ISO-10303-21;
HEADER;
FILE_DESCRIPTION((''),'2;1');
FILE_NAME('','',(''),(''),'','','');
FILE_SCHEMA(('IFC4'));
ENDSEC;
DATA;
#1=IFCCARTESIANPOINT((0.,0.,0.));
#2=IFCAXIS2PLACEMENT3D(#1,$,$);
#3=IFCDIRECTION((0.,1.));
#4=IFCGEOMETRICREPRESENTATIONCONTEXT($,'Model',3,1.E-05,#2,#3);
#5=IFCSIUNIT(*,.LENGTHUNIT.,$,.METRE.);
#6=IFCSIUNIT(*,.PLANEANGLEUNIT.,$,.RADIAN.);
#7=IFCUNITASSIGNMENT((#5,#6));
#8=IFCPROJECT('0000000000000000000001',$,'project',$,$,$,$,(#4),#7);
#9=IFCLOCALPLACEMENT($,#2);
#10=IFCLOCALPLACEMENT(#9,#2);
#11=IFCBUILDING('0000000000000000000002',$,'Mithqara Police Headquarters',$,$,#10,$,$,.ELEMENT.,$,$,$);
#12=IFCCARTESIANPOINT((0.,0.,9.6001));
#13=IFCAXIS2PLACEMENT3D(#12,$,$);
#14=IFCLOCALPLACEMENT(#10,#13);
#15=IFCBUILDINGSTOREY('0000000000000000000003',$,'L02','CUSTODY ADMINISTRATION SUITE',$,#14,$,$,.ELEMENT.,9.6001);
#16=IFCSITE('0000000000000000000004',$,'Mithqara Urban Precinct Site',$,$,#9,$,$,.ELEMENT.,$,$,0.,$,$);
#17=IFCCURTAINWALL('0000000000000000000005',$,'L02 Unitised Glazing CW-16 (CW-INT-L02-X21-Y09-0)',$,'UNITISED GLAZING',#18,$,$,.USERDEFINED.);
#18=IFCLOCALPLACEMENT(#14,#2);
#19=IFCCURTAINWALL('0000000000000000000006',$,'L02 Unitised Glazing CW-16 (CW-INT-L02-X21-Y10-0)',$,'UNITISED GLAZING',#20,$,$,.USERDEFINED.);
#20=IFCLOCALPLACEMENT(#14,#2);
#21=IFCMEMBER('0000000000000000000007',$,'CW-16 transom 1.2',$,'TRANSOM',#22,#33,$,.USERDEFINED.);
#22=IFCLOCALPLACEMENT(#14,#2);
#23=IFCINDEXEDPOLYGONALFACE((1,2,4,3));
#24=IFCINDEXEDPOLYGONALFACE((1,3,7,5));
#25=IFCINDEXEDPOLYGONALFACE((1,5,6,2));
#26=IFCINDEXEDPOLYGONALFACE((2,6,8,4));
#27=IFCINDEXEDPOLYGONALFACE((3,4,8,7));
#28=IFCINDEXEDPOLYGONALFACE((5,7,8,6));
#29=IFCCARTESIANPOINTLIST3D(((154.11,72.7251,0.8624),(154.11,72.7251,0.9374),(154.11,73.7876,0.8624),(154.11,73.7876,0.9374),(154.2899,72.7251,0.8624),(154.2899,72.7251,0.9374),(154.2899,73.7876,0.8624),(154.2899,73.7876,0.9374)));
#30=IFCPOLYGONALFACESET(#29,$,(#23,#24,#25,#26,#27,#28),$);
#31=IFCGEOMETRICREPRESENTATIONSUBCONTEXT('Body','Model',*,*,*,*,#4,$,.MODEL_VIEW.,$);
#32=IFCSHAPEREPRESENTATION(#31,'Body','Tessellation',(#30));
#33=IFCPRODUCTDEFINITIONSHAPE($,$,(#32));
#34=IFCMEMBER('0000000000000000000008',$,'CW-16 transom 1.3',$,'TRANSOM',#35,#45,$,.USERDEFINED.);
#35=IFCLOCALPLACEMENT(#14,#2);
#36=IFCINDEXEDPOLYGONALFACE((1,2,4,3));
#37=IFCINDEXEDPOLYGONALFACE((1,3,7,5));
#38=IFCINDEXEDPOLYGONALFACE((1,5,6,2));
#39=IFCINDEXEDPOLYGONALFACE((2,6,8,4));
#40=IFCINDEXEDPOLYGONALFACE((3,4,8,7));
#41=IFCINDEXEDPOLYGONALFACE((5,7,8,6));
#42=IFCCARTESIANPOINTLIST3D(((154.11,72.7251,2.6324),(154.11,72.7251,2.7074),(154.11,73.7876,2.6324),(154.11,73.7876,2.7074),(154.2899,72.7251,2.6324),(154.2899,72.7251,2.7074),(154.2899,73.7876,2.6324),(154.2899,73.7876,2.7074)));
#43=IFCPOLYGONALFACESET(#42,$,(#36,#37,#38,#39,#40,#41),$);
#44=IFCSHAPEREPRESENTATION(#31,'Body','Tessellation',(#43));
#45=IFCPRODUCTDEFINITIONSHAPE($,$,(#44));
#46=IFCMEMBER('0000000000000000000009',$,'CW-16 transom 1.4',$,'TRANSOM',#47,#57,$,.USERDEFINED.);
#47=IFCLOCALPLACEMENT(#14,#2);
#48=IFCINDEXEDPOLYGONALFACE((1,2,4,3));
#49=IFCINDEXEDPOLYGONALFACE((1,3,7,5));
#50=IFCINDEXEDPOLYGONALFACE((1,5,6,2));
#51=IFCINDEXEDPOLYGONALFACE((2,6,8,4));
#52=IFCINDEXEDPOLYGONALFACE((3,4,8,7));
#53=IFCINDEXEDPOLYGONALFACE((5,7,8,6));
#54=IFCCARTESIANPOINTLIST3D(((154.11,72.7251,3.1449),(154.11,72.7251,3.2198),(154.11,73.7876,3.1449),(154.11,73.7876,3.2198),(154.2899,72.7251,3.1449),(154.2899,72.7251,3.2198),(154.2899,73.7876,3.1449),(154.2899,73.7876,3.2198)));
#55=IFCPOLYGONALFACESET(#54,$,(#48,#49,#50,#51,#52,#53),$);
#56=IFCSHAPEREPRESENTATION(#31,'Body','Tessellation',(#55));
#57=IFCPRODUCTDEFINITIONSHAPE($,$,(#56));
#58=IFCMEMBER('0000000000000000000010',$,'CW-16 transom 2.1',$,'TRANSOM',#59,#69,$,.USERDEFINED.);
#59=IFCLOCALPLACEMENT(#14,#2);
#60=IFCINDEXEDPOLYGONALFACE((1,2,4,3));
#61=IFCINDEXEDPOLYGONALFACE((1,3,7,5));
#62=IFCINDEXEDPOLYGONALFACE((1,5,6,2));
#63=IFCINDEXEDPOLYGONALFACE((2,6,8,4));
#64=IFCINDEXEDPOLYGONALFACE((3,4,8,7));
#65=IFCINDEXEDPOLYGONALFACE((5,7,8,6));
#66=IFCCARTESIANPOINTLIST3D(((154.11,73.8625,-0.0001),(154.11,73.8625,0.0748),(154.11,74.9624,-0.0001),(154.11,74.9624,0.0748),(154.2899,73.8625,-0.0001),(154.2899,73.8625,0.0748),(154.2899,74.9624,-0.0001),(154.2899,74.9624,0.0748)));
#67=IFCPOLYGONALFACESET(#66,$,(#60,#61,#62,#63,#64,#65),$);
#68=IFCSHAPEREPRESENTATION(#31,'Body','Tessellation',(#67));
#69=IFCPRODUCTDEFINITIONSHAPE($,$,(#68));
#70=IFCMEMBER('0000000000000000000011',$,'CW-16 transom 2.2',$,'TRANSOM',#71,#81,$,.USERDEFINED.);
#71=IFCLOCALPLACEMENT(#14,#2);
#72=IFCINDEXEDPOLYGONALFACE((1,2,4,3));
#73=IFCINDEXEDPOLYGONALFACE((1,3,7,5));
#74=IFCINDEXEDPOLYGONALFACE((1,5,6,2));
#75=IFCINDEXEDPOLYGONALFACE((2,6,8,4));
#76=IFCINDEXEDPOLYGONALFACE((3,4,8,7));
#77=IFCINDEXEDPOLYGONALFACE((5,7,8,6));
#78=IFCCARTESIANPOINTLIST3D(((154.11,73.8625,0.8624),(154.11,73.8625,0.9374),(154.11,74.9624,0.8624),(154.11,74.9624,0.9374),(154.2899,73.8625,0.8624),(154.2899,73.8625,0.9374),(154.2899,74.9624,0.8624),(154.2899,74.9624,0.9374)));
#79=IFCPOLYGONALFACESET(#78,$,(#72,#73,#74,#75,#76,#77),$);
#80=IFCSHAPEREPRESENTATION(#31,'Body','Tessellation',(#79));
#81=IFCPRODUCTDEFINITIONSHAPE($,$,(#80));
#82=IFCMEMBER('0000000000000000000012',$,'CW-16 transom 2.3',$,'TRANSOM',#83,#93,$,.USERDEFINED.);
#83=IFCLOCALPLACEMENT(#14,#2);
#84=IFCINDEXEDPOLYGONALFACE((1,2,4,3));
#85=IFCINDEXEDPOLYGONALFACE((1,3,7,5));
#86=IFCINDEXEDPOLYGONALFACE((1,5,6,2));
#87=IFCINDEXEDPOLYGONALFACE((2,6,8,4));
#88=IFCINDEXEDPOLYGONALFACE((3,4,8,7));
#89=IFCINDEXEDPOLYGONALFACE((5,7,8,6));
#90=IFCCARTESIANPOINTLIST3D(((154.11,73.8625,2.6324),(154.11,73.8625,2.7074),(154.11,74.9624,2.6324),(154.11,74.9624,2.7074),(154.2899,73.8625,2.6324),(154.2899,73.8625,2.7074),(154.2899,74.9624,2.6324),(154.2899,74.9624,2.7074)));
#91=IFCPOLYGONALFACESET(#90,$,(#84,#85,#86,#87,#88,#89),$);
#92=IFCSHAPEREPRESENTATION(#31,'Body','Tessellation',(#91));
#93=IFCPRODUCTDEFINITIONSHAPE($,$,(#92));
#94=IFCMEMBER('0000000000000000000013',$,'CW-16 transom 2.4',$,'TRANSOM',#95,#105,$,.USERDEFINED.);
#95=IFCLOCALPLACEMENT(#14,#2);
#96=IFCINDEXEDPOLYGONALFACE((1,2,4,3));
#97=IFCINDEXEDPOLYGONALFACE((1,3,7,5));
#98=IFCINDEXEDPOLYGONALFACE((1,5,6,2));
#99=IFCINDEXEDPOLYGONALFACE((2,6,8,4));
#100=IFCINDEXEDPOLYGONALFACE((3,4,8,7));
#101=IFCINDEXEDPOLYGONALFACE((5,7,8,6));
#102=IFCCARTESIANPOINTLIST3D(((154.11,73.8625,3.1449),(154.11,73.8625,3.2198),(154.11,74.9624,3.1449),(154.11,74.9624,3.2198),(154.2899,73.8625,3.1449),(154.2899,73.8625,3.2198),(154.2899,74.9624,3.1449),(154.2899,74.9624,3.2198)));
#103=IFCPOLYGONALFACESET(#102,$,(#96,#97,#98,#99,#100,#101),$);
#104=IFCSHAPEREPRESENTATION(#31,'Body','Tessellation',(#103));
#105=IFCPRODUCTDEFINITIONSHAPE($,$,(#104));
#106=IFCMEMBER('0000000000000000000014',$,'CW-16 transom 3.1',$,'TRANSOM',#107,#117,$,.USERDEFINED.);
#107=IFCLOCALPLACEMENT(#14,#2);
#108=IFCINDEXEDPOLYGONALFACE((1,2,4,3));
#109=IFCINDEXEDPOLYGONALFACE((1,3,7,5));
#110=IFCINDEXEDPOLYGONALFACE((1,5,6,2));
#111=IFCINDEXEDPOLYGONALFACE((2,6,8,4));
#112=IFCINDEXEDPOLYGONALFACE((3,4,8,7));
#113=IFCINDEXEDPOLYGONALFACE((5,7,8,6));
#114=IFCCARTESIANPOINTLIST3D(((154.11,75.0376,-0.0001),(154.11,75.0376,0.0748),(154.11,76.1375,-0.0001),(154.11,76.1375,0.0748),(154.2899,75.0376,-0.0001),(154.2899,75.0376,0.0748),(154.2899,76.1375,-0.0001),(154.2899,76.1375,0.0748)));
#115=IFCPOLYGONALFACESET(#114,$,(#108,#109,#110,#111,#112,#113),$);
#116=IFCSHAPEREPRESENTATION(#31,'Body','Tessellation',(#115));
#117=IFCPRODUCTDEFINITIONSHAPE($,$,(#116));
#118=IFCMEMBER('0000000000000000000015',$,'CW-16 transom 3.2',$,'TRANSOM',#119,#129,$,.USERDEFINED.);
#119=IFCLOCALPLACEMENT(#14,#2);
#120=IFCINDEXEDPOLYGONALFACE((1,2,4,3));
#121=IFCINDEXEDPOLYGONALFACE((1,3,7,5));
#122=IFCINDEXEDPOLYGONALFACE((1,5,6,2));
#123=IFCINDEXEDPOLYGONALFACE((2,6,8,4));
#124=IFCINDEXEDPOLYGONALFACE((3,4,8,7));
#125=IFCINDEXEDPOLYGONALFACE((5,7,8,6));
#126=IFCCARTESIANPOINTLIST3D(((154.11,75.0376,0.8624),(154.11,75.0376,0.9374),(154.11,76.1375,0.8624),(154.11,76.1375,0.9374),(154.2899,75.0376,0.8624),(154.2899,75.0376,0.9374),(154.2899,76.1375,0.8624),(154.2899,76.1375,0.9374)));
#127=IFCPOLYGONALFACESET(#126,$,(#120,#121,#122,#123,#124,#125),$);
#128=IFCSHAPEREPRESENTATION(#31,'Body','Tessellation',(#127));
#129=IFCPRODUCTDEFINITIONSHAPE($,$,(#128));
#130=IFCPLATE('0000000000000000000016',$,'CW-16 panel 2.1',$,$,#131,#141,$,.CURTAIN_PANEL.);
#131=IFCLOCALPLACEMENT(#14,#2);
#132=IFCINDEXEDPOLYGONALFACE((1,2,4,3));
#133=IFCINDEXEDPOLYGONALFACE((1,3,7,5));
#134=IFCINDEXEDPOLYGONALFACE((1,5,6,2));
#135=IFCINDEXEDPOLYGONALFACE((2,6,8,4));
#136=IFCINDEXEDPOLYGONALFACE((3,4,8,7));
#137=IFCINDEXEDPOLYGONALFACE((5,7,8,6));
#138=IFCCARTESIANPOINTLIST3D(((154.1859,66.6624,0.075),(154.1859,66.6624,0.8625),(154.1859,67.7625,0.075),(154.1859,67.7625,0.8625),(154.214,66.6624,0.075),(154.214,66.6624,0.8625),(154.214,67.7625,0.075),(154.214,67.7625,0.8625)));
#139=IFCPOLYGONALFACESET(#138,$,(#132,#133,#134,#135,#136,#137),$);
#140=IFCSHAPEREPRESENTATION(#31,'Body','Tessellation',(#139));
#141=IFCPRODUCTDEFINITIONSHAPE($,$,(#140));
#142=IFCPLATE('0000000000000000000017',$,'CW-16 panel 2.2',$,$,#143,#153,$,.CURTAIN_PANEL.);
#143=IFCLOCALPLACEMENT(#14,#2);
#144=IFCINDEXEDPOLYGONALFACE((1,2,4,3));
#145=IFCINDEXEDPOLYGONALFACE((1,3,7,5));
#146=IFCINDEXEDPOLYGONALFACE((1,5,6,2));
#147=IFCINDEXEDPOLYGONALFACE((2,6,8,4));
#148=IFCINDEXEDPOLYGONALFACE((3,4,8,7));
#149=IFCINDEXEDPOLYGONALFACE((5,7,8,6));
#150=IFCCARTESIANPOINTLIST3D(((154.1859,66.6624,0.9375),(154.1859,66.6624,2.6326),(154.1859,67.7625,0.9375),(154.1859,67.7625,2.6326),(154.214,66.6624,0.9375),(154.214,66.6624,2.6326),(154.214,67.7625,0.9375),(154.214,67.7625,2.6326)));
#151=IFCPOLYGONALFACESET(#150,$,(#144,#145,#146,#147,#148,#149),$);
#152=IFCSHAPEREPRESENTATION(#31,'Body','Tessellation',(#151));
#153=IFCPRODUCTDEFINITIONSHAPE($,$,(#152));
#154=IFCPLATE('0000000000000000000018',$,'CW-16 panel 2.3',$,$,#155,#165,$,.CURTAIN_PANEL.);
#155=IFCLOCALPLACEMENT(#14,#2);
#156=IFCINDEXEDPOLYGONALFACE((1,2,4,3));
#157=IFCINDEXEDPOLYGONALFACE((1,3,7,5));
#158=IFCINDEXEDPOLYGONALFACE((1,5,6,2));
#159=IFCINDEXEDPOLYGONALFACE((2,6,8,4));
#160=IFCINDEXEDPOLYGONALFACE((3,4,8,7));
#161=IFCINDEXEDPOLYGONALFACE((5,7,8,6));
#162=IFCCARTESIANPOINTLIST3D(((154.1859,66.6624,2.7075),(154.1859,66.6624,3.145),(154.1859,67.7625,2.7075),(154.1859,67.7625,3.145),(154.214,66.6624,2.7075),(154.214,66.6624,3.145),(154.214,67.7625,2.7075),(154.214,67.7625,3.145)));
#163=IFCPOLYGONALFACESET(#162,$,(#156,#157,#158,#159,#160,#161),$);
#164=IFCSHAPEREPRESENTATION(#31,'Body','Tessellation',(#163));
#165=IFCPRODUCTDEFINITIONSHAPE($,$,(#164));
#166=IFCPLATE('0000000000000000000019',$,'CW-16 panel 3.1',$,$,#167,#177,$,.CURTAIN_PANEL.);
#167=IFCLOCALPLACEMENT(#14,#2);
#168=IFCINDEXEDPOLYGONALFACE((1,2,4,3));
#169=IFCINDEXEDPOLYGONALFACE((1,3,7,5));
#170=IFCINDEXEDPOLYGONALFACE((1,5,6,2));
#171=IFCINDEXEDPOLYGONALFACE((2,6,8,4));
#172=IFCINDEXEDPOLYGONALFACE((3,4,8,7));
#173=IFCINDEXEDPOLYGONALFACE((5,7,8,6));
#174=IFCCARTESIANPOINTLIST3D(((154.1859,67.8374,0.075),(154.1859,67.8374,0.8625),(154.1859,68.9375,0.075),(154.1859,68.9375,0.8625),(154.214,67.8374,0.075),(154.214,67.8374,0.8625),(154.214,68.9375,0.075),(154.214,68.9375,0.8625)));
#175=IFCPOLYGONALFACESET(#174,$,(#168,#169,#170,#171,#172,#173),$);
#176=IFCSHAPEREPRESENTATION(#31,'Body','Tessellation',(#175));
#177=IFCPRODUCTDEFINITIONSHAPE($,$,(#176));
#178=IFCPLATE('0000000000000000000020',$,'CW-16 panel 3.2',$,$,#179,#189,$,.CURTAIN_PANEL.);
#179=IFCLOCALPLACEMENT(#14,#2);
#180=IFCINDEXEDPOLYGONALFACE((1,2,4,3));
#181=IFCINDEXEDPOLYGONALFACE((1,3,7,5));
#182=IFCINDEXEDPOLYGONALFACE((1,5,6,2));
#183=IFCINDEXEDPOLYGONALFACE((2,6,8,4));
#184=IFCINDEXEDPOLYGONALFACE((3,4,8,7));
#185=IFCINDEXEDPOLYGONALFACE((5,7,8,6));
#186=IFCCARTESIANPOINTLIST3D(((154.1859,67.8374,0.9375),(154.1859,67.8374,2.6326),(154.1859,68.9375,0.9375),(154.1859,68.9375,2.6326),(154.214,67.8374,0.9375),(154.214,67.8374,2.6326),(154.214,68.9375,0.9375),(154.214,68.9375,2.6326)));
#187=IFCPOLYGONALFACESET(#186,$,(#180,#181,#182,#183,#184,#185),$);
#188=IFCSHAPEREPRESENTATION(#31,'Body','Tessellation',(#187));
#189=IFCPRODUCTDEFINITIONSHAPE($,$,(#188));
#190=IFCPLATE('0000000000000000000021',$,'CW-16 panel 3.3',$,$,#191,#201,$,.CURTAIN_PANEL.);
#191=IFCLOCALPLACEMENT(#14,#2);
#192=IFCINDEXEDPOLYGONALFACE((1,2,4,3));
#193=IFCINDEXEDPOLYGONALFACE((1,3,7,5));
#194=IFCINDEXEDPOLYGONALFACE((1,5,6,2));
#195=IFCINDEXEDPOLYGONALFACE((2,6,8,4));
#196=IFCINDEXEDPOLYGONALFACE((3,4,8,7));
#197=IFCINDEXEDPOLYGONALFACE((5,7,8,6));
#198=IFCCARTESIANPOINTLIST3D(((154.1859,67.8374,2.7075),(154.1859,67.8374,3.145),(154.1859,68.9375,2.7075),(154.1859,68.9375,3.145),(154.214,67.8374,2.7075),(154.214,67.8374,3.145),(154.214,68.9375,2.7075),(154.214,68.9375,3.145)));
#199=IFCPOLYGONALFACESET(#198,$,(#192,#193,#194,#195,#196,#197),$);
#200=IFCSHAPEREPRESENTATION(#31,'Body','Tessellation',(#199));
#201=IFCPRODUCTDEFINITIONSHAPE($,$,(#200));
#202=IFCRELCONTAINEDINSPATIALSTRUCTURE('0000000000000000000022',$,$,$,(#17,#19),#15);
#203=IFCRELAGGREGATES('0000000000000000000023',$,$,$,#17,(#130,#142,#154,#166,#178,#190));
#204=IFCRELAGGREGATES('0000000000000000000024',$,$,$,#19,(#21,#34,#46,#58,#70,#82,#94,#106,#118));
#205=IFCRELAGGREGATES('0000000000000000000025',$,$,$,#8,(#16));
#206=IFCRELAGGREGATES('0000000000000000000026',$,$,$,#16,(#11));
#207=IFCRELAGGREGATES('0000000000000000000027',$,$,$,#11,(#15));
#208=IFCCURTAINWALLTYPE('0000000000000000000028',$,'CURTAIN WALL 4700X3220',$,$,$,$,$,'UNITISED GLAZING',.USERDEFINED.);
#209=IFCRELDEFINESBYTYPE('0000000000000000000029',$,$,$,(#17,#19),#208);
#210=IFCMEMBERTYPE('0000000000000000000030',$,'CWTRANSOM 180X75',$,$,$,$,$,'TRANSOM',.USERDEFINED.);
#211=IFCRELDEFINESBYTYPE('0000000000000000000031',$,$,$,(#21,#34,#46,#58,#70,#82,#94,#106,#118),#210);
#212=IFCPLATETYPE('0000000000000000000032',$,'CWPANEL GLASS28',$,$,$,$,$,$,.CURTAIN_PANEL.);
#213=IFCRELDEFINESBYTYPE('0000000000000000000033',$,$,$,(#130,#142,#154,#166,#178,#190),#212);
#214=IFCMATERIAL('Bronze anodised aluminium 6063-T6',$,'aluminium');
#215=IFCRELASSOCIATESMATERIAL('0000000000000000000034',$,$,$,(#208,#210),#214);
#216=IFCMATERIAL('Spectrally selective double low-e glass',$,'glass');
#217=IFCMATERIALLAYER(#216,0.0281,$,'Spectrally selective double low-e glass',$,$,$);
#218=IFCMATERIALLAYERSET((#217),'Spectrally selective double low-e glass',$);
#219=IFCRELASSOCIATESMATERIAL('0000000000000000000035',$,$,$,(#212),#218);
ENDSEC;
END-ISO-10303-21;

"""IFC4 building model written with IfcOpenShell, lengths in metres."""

from ifc_helpers import new_model, si_unit, direction, frame, origin, origin_2d, place, context, subcontext, project, spatial, rectangle, extrude, material, layer, layer_set, material_profile, profile_set, type_object, element, aggregate, save


model = new_model("IFC4")

# Units and contexts
model_context = context("Model", 3, precision=1e-05, world=origin(), true_north=direction((0.0, 1.0)))
body_context = subcontext(model_context, "Body", "Model", "MODEL_VIEW")
ifc_project = project(units=[si_unit("LENGTHUNIT", "METRE"), si_unit("PLANEANGLEUNIT", "RADIAN")], contexts=[model_context])

# Site, building, storey
site_placement = place(None, origin())
site = spatial("IfcSite", under=ifc_project, at=site_placement, Name="Mithqara Urban Precinct Site", CompositionType="ELEMENT", RefElevation=0.0)
building_placement = place(site_placement, origin())
building = spatial("IfcBuilding", under=site, at=building_placement, Name="Mithqara Police Headquarters", CompositionType="ELEMENT")
storey_placement = place(building_placement, frame((0.0, 0.0, 9.6001)))
storey = spatial("IfcBuildingStorey", under=building, at=storey_placement, Name="L02", Description="CUSTODY ADMINISTRATION SUITE", CompositionType="ELEMENT", Elevation=9.6001)

# Curtain walls
ifc_material_1 = material(Name="Bronze anodised aluminium 6063-T6", Category="aluminium")
curtain_wall_type = type_object("IfcCurtainWallType", Name="CURTAIN WALL 4700X3220", ElementType="UNITISED GLAZING", PredefinedType="USERDEFINED", material=ifc_material_1)
curtain_wall_1_placement = place(storey_placement, origin())
curtain_wall_1 = element("IfcCurtainWall", 1, at=curtain_wall_1_placement, inside=storey, type_object=curtain_wall_type, Name="L02 Unitised Glazing CW-16 (CW-INT-L02-X21-Y09-0)", ObjectType="UNITISED GLAZING", PredefinedType="USERDEFINED")
curtain_wall_2_placement = place(storey_placement, origin())
curtain_wall_2 = element("IfcCurtainWall", 2, at=curtain_wall_2_placement, inside=storey, type_object=curtain_wall_type, Name="L02 Unitised Glazing CW-16 (CW-INT-L02-X21-Y10-0)", ObjectType="UNITISED GLAZING", PredefinedType="USERDEFINED")

# Members
ifc_material_profile_1 = material_profile(ifc_material_1, rectangle(XDim=0.1799, YDim=0.075, at=origin_2d()), Name="CWT 180x75")
ifc_profile_set_1 = profile_set([ifc_material_profile_1], Name="Bronze anodised aluminium 6063-T6")
member_type_1 = type_object("IfcMemberType", Name="CWTRANSOM 180X75", ElementType="TRANSOM", PredefinedType="USERDEFINED", material=ifc_profile_set_1)
member_1_placement = place(storey_placement, frame((154.2, 72.7251, 0.8999), z_axis=(0.0, 1.0, 0.0), x_axis=(-1.0, 0.0, 0.0)))
member_1 = element("IfcMember", 3, at=member_1_placement, type_object=member_type_1, Name="CW-16 transom 1.2", ObjectType="TRANSOM", PredefinedType="USERDEFINED", context=body_context, shape_type="SweptSolid", body=[
    extrude(rectangle(XDim=0.1799, YDim=0.075, at=origin_2d()), origin(), (0.0, 0.0, 1.0), 1.0625),
])
member_2_placement = place(storey_placement, frame((154.2, 72.7251, 2.6699), z_axis=(0.0, 1.0, 0.0), x_axis=(-1.0, 0.0, 0.0)))
member_2 = element("IfcMember", 4, at=member_2_placement, type_object=member_type_1, Name="CW-16 transom 1.3", ObjectType="TRANSOM", PredefinedType="USERDEFINED", context=body_context, shape_type="SweptSolid", body=[
    extrude(rectangle(XDim=0.1799, YDim=0.075, at=origin_2d()), origin(), (0.0, 0.0, 1.0), 1.0625),
])
member_3_placement = place(storey_placement, frame((154.2, 72.7251, 3.1824), z_axis=(0.0, 1.0, 0.0), x_axis=(-1.0, 0.0, 0.0)))
member_3 = element("IfcMember", 5, at=member_3_placement, type_object=member_type_1, Name="CW-16 transom 1.4", ObjectType="TRANSOM", PredefinedType="USERDEFINED", context=body_context, shape_type="SweptSolid", body=[
    extrude(rectangle(XDim=0.1799, YDim=0.075, at=origin_2d()), origin(), (0.0, 0.0, 1.0), 1.0625),
])
member_4_placement = place(storey_placement, frame((154.2, 73.8625, 0.0374), z_axis=(0.0, 1.0, 0.0), x_axis=(-1.0, 0.0, 0.0)))
member_4 = element("IfcMember", 6, at=member_4_placement, type_object=member_type_1, Name="CW-16 transom 2.1", ObjectType="TRANSOM", PredefinedType="USERDEFINED", context=body_context, shape_type="SweptSolid", body=[
    extrude(rectangle(XDim=0.1799, YDim=0.075, at=origin_2d()), origin(), (0.0, 0.0, 1.0), 1.0999),
])
member_5_placement = place(storey_placement, frame((154.2, 73.8625, 0.8999), z_axis=(0.0, 1.0, 0.0), x_axis=(-1.0, 0.0, 0.0)))
member_5 = element("IfcMember", 7, at=member_5_placement, type_object=member_type_1, Name="CW-16 transom 2.2", ObjectType="TRANSOM", PredefinedType="USERDEFINED", context=body_context, shape_type="SweptSolid", body=[
    extrude(rectangle(XDim=0.1799, YDim=0.075, at=origin_2d()), origin(), (0.0, 0.0, 1.0), 1.0999),
])
member_6_placement = place(storey_placement, frame((154.2, 73.8625, 2.6699), z_axis=(0.0, 1.0, 0.0), x_axis=(-1.0, 0.0, 0.0)))
member_6 = element("IfcMember", 8, at=member_6_placement, type_object=member_type_1, Name="CW-16 transom 2.3", ObjectType="TRANSOM", PredefinedType="USERDEFINED", context=body_context, shape_type="SweptSolid", body=[
    extrude(rectangle(XDim=0.1799, YDim=0.075, at=origin_2d()), origin(), (0.0, 0.0, 1.0), 1.0999),
])
member_7_placement = place(storey_placement, frame((154.2, 73.8625, 3.1824), z_axis=(0.0, 1.0, 0.0), x_axis=(-1.0, 0.0, 0.0)))
member_7 = element("IfcMember", 9, at=member_7_placement, type_object=member_type_1, Name="CW-16 transom 2.4", ObjectType="TRANSOM", PredefinedType="USERDEFINED", context=body_context, shape_type="SweptSolid", body=[
    extrude(rectangle(XDim=0.1799, YDim=0.075, at=origin_2d()), origin(), (0.0, 0.0, 1.0), 1.0999),
])
member_8_placement = place(storey_placement, frame((154.2, 75.0376, 0.0374), z_axis=(0.0, 1.0, 0.0), x_axis=(-1.0, 0.0, 0.0)))
member_8 = element("IfcMember", 10, at=member_8_placement, type_object=member_type_1, Name="CW-16 transom 3.1", ObjectType="TRANSOM", PredefinedType="USERDEFINED", context=body_context, shape_type="SweptSolid", body=[
    extrude(rectangle(XDim=0.1799, YDim=0.075, at=origin_2d()), origin(), (0.0, 0.0, 1.0), 1.0999),
])
member_9_placement = place(storey_placement, frame((154.2, 75.0376, 0.8999), z_axis=(0.0, 1.0, 0.0), x_axis=(-1.0, 0.0, 0.0)))
member_9 = element("IfcMember", 11, at=member_9_placement, type_object=member_type_1, Name="CW-16 transom 3.2", ObjectType="TRANSOM", PredefinedType="USERDEFINED", context=body_context, shape_type="SweptSolid", body=[
    extrude(rectangle(XDim=0.1799, YDim=0.075, at=origin_2d()), origin(), (0.0, 0.0, 1.0), 1.0999),
])

# Plates
ifc_material_2 = material(Name="Spectrally selective double low-e glass", Category="glass")
ifc_layer = layer(ifc_material_2, 0.0281, Name="Spectrally selective double low-e glass")
ifc_layer_set = layer_set([ifc_layer], Name="Spectrally selective double low-e glass")
plate_type = type_object("IfcPlateType", Name="CWPANEL GLASS28", PredefinedType="CURTAIN_PANEL", material=ifc_layer_set)
plate_1_placement = place(storey_placement, frame((154.2, 67.2124, 0.075), z_axis=(0.0, 0.0, 1.0), x_axis=(0.0, 1.0, 0.0)))
plate_1 = element("IfcPlate", 12, at=plate_1_placement, type_object=plate_type, Name="CW-16 panel 2.1", PredefinedType="CURTAIN_PANEL", context=body_context, shape_type="SweptSolid", body=[
    extrude(rectangle(XDim=1.1001, YDim=0.0281, at=origin_2d()), origin(), (0.0, 0.0, 1.0), 0.7876),
])
plate_2_placement = place(storey_placement, frame((154.2, 67.2124, 0.9375), z_axis=(0.0, 0.0, 1.0), x_axis=(0.0, 1.0, 0.0)))
plate_2 = element("IfcPlate", 13, at=plate_2_placement, type_object=plate_type, Name="CW-16 panel 2.2", PredefinedType="CURTAIN_PANEL", context=body_context, shape_type="SweptSolid", body=[
    extrude(rectangle(XDim=1.1001, YDim=0.0281, at=origin_2d()), origin(), (0.0, 0.0, 1.0), 1.6951),
])
plate_3_placement = place(storey_placement, frame((154.2, 67.2124, 2.7075), z_axis=(0.0, 0.0, 1.0), x_axis=(0.0, 1.0, 0.0)))
plate_3 = element("IfcPlate", 14, at=plate_3_placement, type_object=plate_type, Name="CW-16 panel 2.3", PredefinedType="CURTAIN_PANEL", context=body_context, shape_type="SweptSolid", body=[
    extrude(rectangle(XDim=1.1001, YDim=0.0281, at=origin_2d()), origin(), (0.0, 0.0, 1.0), 0.4375),
])
plate_4_placement = place(storey_placement, frame((154.2, 68.3875, 0.075), z_axis=(0.0, 0.0, 1.0), x_axis=(0.0, 1.0, 0.0)))
plate_4 = element("IfcPlate", 15, at=plate_4_placement, type_object=plate_type, Name="CW-16 panel 3.1", PredefinedType="CURTAIN_PANEL", context=body_context, shape_type="SweptSolid", body=[
    extrude(rectangle(XDim=1.1001, YDim=0.0281, at=origin_2d()), origin(), (0.0, 0.0, 1.0), 0.7876),
])
plate_5_placement = place(storey_placement, frame((154.2, 68.3875, 0.9375), z_axis=(0.0, 0.0, 1.0), x_axis=(0.0, 1.0, 0.0)))
plate_5 = element("IfcPlate", 16, at=plate_5_placement, type_object=plate_type, Name="CW-16 panel 3.2", PredefinedType="CURTAIN_PANEL", context=body_context, shape_type="SweptSolid", body=[
    extrude(rectangle(XDim=1.1001, YDim=0.0281, at=origin_2d()), origin(), (0.0, 0.0, 1.0), 1.6951),
])
plate_6_placement = place(storey_placement, frame((154.2, 68.3875, 2.7075), z_axis=(0.0, 0.0, 1.0), x_axis=(0.0, 1.0, 0.0)))
plate_6 = element("IfcPlate", 17, at=plate_6_placement, type_object=plate_type, Name="CW-16 panel 3.3", PredefinedType="CURTAIN_PANEL", context=body_context, shape_type="SweptSolid", body=[
    extrude(rectangle(XDim=1.1001, YDim=0.0281, at=origin_2d()), origin(), (0.0, 0.0, 1.0), 0.4375),
])
aggregate(curtain_wall_1, [plate_1, plate_2, plate_3, plate_4, plate_5, plate_6])
aggregate(curtain_wall_2, [member_1, member_2, member_3, member_4, member_5, member_6, member_7, member_8, member_9])

save(model, "model.ifc")
